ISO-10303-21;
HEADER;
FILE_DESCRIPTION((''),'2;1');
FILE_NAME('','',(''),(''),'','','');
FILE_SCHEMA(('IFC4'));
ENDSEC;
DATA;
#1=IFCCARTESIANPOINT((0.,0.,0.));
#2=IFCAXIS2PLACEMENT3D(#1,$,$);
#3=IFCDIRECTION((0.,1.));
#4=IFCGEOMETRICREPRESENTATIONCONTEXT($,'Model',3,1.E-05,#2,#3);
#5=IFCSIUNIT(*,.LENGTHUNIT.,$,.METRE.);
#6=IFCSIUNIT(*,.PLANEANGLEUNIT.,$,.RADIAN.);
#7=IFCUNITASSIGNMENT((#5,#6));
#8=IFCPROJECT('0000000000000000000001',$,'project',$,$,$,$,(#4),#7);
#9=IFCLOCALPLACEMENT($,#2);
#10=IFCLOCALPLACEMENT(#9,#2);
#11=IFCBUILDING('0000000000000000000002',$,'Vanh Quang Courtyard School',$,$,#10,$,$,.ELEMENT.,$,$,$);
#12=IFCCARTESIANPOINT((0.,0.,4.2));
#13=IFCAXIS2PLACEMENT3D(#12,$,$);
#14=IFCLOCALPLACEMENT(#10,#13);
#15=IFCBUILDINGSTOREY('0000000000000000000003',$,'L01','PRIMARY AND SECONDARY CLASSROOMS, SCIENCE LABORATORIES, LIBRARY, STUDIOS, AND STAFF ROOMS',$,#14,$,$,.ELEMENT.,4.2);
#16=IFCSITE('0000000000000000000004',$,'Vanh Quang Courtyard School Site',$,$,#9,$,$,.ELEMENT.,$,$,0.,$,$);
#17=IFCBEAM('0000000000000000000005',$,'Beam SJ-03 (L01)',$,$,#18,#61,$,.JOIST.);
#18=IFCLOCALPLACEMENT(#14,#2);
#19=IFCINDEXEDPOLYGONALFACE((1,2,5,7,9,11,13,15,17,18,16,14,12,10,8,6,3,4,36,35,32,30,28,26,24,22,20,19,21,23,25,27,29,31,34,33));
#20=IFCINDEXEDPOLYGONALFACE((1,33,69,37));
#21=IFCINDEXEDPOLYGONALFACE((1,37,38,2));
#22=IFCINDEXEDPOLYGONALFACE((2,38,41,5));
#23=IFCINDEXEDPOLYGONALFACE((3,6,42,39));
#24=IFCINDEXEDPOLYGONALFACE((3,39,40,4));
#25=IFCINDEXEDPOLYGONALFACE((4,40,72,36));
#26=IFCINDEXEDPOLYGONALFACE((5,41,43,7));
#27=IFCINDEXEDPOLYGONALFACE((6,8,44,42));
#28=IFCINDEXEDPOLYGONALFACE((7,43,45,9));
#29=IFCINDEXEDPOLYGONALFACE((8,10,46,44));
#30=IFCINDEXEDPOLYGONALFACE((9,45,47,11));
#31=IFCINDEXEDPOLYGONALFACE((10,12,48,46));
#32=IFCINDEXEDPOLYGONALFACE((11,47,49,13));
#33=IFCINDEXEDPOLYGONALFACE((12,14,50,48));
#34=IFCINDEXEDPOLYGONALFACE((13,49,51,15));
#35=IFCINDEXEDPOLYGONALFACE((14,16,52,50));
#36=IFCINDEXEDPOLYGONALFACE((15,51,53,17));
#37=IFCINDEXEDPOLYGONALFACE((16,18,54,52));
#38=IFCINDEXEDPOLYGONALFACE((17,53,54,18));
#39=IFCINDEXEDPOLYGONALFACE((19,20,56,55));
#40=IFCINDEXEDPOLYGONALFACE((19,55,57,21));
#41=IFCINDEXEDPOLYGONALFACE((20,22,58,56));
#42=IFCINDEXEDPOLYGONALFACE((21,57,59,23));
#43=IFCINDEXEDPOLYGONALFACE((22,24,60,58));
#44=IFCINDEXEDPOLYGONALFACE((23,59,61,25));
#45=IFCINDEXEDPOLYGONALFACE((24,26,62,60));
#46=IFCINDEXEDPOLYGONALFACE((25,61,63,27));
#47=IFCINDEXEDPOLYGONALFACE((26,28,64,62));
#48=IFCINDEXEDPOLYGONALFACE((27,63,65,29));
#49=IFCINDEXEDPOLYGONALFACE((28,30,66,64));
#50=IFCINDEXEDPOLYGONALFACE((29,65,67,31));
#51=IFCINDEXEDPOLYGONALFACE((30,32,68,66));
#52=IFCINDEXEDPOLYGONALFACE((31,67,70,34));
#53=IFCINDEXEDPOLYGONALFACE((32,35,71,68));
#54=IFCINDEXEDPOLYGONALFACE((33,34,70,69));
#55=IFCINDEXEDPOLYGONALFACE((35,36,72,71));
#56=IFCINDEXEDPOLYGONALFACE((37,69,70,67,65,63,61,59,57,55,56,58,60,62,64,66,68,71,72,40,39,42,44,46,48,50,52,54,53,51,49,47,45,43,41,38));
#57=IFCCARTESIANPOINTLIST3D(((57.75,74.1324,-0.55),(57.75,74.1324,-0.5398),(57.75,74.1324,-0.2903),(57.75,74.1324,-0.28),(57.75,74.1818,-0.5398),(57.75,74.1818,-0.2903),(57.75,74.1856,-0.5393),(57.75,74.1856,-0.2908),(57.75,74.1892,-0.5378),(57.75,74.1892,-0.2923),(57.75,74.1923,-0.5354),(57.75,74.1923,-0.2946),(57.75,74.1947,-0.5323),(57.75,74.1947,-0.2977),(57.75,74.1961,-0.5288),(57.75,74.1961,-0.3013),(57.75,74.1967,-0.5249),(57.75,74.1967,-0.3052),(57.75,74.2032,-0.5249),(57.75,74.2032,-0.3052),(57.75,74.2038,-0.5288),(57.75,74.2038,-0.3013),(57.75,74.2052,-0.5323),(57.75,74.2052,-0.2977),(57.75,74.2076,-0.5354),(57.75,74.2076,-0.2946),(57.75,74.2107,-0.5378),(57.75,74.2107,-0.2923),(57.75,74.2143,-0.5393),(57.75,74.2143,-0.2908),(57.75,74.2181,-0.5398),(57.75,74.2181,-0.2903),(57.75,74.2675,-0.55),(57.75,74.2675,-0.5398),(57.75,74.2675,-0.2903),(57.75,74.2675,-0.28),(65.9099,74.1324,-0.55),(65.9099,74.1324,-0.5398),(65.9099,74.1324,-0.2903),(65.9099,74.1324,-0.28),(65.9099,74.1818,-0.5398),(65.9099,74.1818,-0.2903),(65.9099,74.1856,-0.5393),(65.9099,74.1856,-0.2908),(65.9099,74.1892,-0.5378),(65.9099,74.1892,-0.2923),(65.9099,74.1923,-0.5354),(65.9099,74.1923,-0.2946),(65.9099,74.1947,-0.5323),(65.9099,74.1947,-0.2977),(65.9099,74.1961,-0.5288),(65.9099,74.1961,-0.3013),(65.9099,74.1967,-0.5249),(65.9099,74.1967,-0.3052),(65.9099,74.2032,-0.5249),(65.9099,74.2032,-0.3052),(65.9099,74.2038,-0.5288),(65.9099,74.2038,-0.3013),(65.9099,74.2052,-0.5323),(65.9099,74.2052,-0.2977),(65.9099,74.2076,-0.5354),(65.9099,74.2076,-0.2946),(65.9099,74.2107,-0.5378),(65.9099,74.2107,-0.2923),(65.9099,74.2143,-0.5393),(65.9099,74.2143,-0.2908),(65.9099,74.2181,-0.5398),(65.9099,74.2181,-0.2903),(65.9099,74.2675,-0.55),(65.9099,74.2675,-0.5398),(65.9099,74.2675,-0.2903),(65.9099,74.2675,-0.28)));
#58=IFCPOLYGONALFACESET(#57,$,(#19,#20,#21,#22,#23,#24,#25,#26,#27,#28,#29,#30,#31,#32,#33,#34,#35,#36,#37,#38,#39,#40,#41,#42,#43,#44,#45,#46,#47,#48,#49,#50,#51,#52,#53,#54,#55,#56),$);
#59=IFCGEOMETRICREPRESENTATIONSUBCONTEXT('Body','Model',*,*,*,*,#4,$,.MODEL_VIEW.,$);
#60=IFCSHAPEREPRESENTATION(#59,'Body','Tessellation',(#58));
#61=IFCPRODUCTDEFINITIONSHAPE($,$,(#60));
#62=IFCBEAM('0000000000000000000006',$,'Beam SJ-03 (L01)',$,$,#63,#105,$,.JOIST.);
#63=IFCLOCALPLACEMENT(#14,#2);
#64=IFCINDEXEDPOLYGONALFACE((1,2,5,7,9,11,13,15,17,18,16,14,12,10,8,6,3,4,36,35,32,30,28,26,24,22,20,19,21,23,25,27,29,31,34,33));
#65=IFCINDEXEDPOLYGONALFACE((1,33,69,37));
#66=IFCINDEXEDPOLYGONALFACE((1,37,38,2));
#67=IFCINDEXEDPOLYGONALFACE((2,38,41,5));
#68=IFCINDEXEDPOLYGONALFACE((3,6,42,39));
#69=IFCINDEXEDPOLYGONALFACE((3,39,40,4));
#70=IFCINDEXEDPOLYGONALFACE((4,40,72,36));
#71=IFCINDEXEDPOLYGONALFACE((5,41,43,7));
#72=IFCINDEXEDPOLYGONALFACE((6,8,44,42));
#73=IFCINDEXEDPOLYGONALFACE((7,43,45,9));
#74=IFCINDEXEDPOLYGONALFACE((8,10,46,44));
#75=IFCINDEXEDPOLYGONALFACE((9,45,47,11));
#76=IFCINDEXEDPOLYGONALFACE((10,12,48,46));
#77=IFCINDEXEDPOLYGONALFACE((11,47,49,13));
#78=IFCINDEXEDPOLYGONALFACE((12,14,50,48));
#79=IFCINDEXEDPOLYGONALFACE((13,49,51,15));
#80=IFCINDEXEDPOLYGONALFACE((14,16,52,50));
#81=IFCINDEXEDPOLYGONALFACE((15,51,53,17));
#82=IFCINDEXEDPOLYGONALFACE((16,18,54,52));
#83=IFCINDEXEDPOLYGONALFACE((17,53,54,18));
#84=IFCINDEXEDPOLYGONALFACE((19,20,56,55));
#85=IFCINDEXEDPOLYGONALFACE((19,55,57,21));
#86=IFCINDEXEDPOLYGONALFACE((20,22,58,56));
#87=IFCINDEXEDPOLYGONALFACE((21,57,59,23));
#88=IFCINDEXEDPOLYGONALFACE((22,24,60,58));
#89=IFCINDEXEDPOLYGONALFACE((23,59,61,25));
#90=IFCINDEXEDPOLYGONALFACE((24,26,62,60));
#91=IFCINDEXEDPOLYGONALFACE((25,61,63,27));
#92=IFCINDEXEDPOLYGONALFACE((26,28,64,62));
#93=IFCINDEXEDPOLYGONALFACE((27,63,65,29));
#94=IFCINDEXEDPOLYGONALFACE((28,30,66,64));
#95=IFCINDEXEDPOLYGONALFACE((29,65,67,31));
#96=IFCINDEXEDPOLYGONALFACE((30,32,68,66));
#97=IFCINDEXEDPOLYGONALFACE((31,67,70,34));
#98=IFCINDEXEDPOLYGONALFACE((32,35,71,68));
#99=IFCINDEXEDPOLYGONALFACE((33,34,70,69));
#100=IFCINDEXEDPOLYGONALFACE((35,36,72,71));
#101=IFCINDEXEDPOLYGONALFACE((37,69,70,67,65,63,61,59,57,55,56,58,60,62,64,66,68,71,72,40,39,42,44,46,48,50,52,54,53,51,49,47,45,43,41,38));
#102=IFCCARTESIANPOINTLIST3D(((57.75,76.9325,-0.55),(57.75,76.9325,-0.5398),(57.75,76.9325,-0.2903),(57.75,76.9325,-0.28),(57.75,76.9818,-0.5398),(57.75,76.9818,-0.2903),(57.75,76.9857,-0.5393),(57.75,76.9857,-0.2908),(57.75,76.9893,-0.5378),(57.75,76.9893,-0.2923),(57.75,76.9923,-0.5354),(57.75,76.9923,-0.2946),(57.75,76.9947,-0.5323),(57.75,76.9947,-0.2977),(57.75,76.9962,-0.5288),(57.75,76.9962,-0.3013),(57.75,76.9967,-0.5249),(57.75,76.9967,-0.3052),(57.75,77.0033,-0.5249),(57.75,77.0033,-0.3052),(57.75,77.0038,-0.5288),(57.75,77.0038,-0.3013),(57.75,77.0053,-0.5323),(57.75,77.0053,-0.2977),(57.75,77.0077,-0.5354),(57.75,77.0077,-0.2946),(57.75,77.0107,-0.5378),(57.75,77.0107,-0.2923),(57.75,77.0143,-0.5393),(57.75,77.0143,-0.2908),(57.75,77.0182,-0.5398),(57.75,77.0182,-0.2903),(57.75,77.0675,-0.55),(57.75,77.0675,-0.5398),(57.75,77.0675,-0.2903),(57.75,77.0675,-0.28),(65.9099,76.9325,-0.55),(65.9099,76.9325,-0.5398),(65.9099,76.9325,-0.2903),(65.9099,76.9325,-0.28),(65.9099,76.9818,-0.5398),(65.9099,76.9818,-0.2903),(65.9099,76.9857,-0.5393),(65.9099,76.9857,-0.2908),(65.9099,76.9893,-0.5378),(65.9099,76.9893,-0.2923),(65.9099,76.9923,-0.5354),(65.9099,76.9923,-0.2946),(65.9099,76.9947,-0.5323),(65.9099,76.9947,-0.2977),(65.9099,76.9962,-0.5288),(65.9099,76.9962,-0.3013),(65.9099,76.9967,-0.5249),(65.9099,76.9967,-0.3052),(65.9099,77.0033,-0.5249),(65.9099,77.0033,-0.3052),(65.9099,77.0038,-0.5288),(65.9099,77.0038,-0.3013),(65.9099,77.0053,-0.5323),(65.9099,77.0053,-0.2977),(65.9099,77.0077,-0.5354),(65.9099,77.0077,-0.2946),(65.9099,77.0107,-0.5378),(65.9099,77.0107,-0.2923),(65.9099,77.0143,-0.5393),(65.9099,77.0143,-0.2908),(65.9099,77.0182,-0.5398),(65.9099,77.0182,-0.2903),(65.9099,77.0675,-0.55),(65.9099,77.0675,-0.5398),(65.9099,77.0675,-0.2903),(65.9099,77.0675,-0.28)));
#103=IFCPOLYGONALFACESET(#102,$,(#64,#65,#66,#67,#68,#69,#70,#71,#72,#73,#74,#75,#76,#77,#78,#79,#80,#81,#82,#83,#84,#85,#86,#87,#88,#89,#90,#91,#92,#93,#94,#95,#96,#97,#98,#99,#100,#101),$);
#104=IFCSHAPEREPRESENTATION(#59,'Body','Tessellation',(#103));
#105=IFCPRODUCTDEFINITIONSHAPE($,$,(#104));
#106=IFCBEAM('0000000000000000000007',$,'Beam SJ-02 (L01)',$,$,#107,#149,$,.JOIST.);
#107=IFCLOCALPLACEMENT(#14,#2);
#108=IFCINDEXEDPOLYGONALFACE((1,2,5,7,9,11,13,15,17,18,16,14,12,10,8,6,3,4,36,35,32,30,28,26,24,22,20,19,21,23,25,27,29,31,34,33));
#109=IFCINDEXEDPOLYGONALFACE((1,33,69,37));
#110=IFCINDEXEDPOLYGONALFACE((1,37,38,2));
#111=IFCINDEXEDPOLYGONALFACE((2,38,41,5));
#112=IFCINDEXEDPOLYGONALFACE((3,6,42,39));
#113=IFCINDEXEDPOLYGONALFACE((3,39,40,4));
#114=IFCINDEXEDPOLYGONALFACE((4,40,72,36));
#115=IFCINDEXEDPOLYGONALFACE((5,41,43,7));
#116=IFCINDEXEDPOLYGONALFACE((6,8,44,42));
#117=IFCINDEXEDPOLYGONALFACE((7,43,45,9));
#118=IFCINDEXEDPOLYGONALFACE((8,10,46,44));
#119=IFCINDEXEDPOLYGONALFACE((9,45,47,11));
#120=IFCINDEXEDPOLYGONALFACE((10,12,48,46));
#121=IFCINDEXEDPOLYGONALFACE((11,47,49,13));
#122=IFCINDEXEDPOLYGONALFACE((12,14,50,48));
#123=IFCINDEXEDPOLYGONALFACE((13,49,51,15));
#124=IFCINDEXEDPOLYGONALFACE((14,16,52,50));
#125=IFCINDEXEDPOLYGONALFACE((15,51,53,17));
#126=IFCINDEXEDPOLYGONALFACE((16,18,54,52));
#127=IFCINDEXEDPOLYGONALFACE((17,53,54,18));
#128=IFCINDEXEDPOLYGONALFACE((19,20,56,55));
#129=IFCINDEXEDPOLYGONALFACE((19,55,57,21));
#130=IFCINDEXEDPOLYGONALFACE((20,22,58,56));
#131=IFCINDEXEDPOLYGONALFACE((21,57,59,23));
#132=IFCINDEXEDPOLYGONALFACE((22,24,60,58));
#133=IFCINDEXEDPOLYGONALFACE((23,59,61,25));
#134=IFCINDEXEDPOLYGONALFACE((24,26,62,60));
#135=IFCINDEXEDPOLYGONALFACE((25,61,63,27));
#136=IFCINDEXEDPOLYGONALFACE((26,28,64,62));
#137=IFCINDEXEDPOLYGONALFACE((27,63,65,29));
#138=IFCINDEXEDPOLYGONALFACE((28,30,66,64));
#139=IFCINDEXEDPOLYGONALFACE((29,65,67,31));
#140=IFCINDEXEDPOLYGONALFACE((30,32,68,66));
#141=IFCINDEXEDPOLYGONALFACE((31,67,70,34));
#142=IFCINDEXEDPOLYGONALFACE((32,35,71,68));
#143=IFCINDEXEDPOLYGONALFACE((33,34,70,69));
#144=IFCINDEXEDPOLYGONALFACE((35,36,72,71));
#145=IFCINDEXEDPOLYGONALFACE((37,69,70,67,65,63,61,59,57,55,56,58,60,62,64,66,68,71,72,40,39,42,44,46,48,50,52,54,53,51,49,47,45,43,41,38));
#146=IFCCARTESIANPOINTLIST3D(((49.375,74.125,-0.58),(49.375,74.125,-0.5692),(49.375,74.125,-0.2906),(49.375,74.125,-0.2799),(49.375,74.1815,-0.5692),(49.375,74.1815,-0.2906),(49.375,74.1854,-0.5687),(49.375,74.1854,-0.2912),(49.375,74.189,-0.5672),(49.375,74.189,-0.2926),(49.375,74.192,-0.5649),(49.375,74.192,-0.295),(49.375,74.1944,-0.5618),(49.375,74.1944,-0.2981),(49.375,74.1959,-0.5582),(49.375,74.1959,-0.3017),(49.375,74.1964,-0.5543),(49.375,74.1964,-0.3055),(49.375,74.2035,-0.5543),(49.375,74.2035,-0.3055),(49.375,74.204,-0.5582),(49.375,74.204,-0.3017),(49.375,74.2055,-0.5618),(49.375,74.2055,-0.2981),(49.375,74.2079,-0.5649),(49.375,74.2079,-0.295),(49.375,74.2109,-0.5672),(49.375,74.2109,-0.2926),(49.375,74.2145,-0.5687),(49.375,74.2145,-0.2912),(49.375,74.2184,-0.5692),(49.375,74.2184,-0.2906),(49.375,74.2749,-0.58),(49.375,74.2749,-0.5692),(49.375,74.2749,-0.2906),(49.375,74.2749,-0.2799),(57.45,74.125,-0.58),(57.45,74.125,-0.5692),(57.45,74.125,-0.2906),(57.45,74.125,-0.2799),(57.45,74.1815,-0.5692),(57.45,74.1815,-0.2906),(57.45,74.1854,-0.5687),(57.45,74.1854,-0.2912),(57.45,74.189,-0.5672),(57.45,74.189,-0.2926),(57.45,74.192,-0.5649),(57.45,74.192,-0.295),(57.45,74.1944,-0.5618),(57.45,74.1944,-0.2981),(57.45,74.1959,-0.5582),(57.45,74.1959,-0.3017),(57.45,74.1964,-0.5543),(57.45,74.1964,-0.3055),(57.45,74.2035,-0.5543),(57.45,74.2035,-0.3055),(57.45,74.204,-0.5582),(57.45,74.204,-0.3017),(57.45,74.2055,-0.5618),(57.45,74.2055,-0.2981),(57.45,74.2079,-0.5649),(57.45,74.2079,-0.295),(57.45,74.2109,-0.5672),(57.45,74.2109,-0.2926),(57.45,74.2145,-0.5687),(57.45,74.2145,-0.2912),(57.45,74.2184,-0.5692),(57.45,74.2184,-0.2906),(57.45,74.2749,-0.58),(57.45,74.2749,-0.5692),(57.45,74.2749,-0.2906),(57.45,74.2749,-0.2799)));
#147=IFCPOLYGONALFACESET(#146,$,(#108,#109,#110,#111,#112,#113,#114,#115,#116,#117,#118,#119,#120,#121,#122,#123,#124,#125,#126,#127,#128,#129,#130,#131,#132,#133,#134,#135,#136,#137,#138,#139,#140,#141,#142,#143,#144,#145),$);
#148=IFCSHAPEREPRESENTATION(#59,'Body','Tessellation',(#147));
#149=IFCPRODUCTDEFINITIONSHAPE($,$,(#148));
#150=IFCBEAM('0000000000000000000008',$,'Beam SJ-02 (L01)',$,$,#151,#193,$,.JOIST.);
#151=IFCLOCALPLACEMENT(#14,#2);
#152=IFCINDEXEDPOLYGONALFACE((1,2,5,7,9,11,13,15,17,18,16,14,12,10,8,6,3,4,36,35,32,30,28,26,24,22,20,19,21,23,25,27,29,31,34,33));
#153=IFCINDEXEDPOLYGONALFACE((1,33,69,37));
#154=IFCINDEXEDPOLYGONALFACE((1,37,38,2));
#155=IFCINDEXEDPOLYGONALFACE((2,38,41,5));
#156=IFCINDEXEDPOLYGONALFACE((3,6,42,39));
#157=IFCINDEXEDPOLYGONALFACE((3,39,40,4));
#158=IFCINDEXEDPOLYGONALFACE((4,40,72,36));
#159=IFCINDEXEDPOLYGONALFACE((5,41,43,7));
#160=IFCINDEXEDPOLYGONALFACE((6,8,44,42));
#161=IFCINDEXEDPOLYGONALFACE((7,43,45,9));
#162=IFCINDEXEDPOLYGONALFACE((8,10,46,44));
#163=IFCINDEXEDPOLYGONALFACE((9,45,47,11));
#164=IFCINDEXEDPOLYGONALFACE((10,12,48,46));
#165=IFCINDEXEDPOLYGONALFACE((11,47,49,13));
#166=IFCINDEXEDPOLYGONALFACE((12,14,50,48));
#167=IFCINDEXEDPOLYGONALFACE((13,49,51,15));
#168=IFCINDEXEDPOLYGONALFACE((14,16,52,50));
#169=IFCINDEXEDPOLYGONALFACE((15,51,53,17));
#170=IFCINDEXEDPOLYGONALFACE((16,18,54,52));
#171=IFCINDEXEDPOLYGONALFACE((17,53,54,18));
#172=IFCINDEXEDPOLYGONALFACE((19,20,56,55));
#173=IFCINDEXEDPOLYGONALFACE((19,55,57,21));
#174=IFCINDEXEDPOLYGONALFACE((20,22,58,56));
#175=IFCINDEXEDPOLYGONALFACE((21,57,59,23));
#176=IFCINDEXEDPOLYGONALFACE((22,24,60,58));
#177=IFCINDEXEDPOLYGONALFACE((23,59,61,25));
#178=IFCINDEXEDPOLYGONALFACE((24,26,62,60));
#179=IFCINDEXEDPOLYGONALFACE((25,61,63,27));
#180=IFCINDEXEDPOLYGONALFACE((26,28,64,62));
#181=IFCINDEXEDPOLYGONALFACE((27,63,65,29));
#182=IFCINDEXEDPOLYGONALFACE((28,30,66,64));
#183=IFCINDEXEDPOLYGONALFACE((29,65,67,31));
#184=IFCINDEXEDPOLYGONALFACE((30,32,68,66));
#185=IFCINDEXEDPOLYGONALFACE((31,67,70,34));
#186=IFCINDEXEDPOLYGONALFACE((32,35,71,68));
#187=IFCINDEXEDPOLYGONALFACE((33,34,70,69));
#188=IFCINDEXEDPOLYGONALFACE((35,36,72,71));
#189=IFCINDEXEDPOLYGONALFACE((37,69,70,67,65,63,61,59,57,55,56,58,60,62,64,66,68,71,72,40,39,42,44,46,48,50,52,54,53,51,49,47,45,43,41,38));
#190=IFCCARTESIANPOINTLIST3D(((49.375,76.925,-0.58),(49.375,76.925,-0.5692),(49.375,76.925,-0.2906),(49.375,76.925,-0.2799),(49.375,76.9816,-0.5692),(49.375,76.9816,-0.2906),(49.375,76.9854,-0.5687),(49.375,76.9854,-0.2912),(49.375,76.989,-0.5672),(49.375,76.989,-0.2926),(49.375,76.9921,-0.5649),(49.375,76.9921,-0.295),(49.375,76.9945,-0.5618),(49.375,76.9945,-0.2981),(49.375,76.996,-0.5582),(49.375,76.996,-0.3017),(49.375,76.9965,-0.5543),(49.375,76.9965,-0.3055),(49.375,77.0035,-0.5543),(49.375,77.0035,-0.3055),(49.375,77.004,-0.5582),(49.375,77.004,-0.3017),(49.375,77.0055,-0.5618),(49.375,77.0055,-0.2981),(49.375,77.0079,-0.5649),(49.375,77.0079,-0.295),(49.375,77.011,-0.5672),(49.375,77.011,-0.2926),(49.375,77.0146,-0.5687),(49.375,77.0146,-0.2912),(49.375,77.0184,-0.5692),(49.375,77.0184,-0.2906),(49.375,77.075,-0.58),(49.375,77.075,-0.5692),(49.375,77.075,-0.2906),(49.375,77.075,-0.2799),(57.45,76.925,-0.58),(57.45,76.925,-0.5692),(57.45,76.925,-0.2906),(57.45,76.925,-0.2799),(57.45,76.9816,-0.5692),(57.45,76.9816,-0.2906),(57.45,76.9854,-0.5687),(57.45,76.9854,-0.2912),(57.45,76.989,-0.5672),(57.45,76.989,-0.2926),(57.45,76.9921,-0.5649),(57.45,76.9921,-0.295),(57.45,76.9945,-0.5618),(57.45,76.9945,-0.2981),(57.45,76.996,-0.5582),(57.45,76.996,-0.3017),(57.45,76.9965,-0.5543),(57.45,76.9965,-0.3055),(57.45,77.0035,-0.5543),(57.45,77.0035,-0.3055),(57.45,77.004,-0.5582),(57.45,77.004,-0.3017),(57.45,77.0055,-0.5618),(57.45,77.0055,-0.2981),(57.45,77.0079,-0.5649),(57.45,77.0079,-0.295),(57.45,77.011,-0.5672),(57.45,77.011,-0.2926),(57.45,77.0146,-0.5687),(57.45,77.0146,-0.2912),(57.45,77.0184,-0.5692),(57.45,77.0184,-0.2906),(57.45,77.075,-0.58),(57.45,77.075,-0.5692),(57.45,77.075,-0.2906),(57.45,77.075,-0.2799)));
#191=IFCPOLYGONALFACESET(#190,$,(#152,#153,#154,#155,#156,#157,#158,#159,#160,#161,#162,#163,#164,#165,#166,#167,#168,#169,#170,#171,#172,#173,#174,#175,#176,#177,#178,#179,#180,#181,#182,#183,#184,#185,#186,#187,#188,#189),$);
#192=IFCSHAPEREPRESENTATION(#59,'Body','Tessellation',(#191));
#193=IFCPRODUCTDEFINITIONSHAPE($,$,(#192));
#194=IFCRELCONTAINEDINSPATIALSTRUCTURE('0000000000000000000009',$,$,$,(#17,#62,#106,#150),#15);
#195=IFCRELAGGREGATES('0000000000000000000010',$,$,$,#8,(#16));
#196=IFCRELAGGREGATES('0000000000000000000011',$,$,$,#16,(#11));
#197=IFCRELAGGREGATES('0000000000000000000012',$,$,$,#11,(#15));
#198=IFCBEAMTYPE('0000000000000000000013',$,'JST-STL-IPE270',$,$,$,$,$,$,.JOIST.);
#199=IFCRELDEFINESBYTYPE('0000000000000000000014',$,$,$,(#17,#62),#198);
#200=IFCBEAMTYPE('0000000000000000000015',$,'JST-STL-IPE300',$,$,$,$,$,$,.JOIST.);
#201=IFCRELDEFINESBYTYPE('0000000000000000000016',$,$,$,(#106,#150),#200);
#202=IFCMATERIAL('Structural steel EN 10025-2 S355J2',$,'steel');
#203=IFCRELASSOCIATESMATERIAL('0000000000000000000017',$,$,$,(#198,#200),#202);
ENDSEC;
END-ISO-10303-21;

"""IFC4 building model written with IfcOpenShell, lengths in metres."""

from ifc_helpers import new_model, si_unit, direction, frame, origin, origin_2d, place, context, subcontext, project, spatial, i_section, extrude, material, material_profile, profile_set, type_object, element, save


model = new_model("IFC4")

# Units and contexts
model_context = context("Model", 3, precision=1e-05, world=origin(), true_north=direction((0.0, 1.0)))
body_context = subcontext(model_context, "Body", "Model", "MODEL_VIEW")
ifc_project = project(units=[si_unit("LENGTHUNIT", "METRE"), si_unit("PLANEANGLEUNIT", "RADIAN")], contexts=[model_context])

# Site, building, storey
site_placement = place(None, origin())
site = spatial("IfcSite", under=ifc_project, at=site_placement, Name="Vanh Quang Courtyard School Site", CompositionType="ELEMENT", RefElevation=0.0)
building_placement = place(site_placement, origin())
building = spatial("IfcBuilding", under=site, at=building_placement, Name="Vanh Quang Courtyard School", CompositionType="ELEMENT")
storey_placement = place(building_placement, frame((0.0, 0.0, 4.2)))
storey = spatial("IfcBuildingStorey", under=building, at=storey_placement, Name="L01", Description="PRIMARY AND SECONDARY CLASSROOMS, SCIENCE LABORATORIES, LIBRARY, STUDIOS, AND STAFF ROOMS", CompositionType="ELEMENT", Elevation=4.2)

# Beams
ifc_material_1 = material(Name="Structural steel EN 10025-2 S355J2", Category="steel")
ifc_material_profile_1 = material_profile(ifc_material_1, i_section(OverallWidth=0.135, OverallDepth=0.27, WebThickness=0.0066, FlangeThickness=0.0103, FilletRadius=0.0149, at=origin_2d()), Name="IPE 270")
ifc_profile_set_1 = profile_set([ifc_material_profile_1], Name="Structural steel EN 10025-2 S355J2")
beam_type_1 = type_object("IfcBeamType", Name="JST-STL-IPE270", PredefinedType="JOIST", material=ifc_profile_set_1)
for number, where, z_axis, x_axis, name in (
    (1, (57.75, 74.2, -0.415), (1.0, 0.0, 0.0), (0.0, 1.0, 0.0), "Beam SJ-03 (L01)"),
    (2, (57.75, 77.0, -0.415), (1.0, 0.0, 0.0), (0.0, 1.0, 0.0), "Beam SJ-03 (L01)"),
):
    element("IfcBeam", number, at=place(storey_placement, frame(where, z_axis=z_axis, x_axis=x_axis)), inside=storey, type_object=beam_type_1, Name=name, PredefinedType="JOIST", context=body_context, shape_type="SweptSolid", body=[
        extrude(i_section(OverallWidth=0.135, OverallDepth=0.27, WebThickness=0.0066, FlangeThickness=0.0103, FilletRadius=0.0149, at=origin_2d()), origin(), (0.0, 0.0, 1.0), 8.1599),
    ])
ifc_material_profile_2 = material_profile(ifc_material_1, i_section(OverallWidth=0.1499, OverallDepth=0.3, WebThickness=0.0071, FlangeThickness=0.0107, FilletRadius=0.0149, at=origin_2d()), Name="IPE 300")
ifc_profile_set_2 = profile_set([ifc_material_profile_2], Name="Structural steel EN 10025-2 S355J2")
beam_type_2 = type_object("IfcBeamType", Name="JST-STL-IPE300", PredefinedType="JOIST", material=ifc_profile_set_2)
for number, where, z_axis, x_axis, name in (
    (3, (49.375, 74.2, -0.4299), (1.0, 0.0, 0.0), (0.0, 1.0, 0.0), "Beam SJ-02 (L01)"),
    (4, (49.375, 77.0, -0.4299), (1.0, 0.0, 0.0), (0.0, 1.0, 0.0), "Beam SJ-02 (L01)"),
):
    element("IfcBeam", number, at=place(storey_placement, frame(where, z_axis=z_axis, x_axis=x_axis)), inside=storey, type_object=beam_type_2, Name=name, PredefinedType="JOIST", context=body_context, shape_type="SweptSolid", body=[
        extrude(i_section(OverallWidth=0.1499, OverallDepth=0.3, WebThickness=0.0071, FlangeThickness=0.0107, FilletRadius=0.0149, at=origin_2d()), origin(), (0.0, 0.0, 1.0), 8.075),
    ])

save(model, "model.ifc")
